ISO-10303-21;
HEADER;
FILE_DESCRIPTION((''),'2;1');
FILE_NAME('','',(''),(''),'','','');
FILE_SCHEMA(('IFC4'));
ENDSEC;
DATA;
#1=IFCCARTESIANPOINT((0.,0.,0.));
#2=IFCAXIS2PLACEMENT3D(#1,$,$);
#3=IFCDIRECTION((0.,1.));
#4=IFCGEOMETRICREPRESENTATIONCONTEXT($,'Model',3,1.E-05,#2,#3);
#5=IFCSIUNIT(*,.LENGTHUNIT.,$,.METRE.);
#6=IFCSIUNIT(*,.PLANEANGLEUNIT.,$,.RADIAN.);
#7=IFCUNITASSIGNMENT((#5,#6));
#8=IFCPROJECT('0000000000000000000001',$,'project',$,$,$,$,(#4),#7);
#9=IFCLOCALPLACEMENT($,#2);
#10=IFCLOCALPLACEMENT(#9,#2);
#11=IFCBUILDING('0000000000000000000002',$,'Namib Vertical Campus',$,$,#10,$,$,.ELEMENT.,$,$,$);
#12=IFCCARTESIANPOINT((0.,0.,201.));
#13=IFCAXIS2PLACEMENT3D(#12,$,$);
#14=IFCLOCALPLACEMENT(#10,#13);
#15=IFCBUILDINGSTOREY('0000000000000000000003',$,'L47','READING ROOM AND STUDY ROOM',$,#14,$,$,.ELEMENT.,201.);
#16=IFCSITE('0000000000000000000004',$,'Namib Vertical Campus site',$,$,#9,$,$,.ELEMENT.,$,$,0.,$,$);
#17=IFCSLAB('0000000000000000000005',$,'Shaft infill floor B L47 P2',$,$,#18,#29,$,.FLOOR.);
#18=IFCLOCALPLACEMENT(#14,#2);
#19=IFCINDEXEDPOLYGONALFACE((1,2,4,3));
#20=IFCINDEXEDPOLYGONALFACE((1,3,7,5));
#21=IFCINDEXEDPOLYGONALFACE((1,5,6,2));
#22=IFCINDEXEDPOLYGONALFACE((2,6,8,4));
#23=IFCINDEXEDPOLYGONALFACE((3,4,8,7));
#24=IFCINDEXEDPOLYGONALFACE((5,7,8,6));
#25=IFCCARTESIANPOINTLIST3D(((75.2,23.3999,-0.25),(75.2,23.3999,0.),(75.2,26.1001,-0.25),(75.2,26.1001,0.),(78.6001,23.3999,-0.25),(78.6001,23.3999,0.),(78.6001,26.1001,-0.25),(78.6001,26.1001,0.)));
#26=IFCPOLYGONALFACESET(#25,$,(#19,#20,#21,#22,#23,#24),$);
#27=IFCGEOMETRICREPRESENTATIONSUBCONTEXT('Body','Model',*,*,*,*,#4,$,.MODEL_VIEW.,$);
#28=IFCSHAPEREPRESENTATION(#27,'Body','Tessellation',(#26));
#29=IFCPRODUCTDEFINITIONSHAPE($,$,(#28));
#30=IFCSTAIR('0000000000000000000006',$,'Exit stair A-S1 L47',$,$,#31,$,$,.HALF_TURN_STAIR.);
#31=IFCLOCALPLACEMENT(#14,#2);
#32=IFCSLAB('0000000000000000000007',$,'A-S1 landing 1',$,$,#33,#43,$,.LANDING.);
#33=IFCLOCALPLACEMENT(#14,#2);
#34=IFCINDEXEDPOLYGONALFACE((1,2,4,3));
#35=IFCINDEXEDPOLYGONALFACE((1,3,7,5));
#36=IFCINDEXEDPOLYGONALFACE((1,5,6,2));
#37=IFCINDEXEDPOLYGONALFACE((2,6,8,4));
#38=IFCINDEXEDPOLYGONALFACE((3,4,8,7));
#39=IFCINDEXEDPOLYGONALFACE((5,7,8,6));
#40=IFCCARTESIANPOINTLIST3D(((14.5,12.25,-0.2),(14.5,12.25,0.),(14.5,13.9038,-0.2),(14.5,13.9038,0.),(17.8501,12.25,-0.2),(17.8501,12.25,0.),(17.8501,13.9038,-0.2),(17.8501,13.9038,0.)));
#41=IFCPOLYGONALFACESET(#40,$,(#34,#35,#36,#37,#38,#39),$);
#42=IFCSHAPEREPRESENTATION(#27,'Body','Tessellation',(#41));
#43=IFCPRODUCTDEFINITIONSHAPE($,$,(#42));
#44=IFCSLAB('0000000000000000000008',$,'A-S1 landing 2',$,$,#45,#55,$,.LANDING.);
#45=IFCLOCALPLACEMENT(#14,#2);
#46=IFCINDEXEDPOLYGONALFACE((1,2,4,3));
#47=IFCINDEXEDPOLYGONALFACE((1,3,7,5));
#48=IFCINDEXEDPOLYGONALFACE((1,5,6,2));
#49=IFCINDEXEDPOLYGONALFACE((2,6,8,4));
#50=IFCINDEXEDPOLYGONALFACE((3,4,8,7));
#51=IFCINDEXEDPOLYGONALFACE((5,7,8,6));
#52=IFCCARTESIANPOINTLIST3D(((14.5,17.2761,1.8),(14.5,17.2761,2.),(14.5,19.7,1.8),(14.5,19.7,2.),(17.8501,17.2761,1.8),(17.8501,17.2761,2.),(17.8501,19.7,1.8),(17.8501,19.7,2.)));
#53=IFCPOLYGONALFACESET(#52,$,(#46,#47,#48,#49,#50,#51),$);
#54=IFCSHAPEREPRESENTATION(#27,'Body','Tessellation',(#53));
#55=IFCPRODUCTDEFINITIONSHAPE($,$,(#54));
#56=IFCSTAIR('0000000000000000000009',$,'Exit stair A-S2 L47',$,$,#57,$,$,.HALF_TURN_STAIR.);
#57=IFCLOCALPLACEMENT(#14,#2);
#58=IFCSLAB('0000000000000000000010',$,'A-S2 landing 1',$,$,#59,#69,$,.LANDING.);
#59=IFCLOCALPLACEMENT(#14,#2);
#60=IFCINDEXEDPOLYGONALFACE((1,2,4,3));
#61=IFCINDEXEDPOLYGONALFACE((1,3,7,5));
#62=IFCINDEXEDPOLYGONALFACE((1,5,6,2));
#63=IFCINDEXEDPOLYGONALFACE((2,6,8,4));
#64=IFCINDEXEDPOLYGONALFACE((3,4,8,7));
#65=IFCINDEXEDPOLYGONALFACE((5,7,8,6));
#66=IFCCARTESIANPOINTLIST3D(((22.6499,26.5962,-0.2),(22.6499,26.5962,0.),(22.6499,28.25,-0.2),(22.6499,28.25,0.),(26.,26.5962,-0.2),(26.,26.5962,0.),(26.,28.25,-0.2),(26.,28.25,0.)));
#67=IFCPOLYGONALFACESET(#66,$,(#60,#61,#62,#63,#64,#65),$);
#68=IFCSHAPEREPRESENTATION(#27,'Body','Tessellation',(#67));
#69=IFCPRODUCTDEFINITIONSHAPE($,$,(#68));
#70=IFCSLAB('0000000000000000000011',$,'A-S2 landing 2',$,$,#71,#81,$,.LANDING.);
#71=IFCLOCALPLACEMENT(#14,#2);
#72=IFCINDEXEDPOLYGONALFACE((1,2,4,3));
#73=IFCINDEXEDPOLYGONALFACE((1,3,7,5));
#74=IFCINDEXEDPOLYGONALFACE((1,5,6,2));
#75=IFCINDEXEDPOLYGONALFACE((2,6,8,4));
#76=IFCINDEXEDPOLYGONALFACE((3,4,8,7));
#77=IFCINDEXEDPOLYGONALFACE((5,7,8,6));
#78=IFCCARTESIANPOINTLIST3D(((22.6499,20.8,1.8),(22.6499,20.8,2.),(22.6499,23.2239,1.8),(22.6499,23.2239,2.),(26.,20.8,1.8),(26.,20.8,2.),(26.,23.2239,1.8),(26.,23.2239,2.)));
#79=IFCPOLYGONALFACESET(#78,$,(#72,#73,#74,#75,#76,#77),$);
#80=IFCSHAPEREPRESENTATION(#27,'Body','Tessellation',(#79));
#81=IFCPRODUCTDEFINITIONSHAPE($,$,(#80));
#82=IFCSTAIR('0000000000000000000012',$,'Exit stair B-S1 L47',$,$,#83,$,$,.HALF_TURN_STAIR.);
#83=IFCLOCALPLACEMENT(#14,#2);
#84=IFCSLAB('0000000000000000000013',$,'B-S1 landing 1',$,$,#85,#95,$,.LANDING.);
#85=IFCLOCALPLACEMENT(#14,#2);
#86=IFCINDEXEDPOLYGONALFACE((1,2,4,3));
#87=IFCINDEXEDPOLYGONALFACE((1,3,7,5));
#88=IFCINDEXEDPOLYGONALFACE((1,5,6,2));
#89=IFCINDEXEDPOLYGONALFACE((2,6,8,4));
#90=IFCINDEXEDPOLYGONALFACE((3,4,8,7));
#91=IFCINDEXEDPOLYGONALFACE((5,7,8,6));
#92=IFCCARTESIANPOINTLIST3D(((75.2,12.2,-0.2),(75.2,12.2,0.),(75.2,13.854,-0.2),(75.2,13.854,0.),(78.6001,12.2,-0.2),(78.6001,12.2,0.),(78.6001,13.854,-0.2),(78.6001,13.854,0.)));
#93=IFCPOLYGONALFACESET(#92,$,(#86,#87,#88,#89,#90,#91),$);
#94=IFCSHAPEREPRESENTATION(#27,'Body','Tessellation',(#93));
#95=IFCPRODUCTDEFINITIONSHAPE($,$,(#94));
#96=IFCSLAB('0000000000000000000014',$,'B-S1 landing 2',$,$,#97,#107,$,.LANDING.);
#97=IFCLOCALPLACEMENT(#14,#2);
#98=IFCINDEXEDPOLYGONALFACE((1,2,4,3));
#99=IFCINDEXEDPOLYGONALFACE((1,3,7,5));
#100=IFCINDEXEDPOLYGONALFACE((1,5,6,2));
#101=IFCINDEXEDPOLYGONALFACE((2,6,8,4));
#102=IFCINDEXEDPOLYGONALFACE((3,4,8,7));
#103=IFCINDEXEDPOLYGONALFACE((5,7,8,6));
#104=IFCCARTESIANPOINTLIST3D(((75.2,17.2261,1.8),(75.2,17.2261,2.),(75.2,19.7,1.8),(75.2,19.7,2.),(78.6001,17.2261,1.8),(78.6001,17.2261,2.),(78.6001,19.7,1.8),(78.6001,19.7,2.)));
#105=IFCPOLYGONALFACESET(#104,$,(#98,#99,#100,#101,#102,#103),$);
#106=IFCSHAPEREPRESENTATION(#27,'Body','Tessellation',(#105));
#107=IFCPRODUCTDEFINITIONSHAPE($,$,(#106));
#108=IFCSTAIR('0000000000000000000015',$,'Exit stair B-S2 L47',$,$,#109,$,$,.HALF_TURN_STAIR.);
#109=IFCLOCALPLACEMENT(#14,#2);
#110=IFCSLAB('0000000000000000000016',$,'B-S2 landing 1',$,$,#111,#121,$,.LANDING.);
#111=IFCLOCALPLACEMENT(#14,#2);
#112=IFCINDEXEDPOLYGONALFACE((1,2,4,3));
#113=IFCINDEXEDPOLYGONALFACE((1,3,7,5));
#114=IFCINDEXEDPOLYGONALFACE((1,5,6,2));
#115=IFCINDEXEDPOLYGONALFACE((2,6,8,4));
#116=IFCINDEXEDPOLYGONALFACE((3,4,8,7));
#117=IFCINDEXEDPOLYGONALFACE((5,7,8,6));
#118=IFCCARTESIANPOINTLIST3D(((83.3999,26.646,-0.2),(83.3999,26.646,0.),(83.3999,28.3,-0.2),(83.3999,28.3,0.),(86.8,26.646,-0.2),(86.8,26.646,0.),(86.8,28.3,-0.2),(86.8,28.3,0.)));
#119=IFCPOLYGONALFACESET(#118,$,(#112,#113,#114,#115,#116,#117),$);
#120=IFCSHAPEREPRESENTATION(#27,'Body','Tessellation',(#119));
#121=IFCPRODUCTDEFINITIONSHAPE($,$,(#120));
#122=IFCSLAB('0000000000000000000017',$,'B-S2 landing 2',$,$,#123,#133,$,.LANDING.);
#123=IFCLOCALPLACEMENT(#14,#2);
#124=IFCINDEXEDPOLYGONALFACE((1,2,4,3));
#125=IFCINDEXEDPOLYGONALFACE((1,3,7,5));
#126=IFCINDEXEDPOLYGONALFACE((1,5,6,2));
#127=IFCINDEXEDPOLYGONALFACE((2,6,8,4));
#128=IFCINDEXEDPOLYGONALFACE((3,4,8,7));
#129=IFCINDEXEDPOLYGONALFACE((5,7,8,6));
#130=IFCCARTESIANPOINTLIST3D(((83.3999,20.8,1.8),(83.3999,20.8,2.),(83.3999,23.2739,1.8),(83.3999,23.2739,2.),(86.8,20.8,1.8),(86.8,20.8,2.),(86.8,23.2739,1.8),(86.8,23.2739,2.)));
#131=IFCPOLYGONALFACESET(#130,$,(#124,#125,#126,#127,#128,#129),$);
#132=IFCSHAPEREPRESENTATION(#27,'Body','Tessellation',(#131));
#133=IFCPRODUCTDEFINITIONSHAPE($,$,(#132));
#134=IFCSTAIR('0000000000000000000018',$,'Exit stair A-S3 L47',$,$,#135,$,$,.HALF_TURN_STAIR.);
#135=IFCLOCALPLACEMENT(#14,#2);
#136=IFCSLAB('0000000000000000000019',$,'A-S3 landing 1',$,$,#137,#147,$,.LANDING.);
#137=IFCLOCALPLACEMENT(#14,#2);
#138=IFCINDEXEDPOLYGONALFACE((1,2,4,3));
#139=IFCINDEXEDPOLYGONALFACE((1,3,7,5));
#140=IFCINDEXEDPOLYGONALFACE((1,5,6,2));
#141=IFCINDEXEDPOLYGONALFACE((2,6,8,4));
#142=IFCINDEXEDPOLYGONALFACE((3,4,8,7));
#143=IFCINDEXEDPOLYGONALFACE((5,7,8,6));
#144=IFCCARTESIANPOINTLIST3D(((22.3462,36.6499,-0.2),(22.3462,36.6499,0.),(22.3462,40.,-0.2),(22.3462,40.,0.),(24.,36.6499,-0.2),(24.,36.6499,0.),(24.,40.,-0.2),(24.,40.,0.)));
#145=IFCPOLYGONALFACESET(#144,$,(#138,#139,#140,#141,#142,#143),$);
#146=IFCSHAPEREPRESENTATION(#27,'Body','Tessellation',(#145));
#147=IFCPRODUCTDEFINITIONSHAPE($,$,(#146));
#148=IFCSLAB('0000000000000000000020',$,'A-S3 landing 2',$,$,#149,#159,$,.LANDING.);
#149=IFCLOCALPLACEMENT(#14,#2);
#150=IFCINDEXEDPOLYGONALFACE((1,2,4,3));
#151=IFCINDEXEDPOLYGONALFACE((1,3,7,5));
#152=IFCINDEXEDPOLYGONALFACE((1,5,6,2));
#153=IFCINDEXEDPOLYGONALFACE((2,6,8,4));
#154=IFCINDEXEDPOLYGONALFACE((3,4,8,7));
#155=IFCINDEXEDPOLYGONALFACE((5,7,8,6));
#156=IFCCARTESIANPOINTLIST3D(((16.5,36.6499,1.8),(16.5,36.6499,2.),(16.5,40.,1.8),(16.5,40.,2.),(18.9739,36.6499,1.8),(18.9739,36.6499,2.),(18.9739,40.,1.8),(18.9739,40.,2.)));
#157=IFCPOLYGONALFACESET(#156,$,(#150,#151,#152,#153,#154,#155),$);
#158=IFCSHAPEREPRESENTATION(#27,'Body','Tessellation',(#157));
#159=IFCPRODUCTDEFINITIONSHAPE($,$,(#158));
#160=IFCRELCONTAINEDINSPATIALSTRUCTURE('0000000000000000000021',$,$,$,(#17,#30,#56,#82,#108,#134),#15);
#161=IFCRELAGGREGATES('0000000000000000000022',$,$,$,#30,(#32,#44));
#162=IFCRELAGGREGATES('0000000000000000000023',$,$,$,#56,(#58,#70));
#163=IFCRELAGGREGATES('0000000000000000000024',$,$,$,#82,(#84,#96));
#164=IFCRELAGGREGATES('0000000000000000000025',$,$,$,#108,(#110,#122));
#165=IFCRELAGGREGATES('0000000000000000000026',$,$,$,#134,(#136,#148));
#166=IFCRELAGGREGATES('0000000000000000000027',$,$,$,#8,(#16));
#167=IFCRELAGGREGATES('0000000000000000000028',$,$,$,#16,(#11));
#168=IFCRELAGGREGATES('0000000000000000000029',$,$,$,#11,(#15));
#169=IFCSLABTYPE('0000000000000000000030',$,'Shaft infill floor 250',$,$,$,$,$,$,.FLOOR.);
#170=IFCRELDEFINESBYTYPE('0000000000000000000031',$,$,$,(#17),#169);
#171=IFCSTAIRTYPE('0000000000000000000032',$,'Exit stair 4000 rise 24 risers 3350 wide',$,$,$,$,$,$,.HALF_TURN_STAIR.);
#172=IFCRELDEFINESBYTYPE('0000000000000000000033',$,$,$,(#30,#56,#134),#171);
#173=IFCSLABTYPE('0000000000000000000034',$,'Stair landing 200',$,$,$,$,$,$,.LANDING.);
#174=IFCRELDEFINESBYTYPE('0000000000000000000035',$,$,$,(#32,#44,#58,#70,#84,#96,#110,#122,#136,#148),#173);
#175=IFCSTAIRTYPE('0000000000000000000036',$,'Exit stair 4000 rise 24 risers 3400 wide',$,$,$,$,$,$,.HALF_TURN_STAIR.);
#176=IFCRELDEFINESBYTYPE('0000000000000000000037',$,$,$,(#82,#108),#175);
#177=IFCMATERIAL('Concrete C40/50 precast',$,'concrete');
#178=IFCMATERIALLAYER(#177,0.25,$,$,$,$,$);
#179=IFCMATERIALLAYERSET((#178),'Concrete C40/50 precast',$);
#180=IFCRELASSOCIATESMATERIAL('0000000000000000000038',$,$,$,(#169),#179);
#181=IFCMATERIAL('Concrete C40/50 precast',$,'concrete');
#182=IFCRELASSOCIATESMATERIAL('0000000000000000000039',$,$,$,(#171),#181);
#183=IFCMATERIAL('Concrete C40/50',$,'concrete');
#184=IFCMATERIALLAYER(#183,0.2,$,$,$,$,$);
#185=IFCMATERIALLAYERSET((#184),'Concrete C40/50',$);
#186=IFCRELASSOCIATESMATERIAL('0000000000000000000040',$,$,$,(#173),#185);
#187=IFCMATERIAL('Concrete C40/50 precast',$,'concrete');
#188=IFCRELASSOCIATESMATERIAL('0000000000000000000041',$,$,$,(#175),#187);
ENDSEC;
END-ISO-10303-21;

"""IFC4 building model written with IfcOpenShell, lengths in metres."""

from ifc_helpers import new_model, si_unit, direction, frame, origin, place, context, subcontext, project, spatial, polyline, outline, extrude, material, layer, layer_set, type_object, element, aggregate, save


model = new_model("IFC4")

# Units and contexts
model_context = context("Model", 3, precision=1e-05, world=origin(), true_north=direction((0.0, 1.0)))
body_context = subcontext(model_context, "Body", "Model", "MODEL_VIEW")
ifc_project = project(units=[si_unit("LENGTHUNIT", "METRE"), si_unit("PLANEANGLEUNIT", "RADIAN")], contexts=[model_context])

# Site, building, storey
site_placement = place(None, origin())
site = spatial("IfcSite", under=ifc_project, at=site_placement, Name="Namib Vertical Campus site", CompositionType="ELEMENT", RefElevation=0.0)
building_placement = place(site_placement, origin())
building = spatial("IfcBuilding", under=site, at=building_placement, Name="Namib Vertical Campus", CompositionType="ELEMENT")
storey_placement = place(building_placement, frame((0.0, 0.0, 201.0)))
storey = spatial("IfcBuildingStorey", under=building, at=storey_placement, Name="L47", Description="READING ROOM AND STUDY ROOM", CompositionType="ELEMENT", Elevation=201.0)

# Slab
ifc_material_1 = material(Name="Concrete C40/50 precast", Category="concrete")
ifc_layer_1 = layer(ifc_material_1, 0.25)
ifc_layer_set_1 = layer_set([ifc_layer_1], Name="Concrete C40/50 precast")
slab_type_1 = type_object("IfcSlabType", Name="Shaft infill floor 250", PredefinedType="FLOOR", material=ifc_layer_set_1)
slab_1_placement = place(storey_placement, frame((0.0, 0.0, -0.25)))
element("IfcSlab", 1, at=slab_1_placement, inside=storey, type_object=slab_type_1, Name="Shaft infill floor B L47 P2", PredefinedType="FLOOR", context=body_context, shape_type="SweptSolid", body=[
    extrude(outline(polyline([(75.2, 23.3999), (78.6001, 23.3999), (78.6001, 26.1001), (75.2, 26.1001), (75.2, 23.3999)])), origin(), (0.0, 0.0, 1.0), 0.25),
])

# Stairs, slabs
ifc_material_2 = material(Name="Concrete C40/50 precast", Category="concrete")
stair_type_1 = type_object("IfcStairType", Name="Exit stair 4000 rise 24 risers 3350 wide", PredefinedType="HALF_TURN_STAIR", material=ifc_material_2)
stair_1_placement = place(storey_placement, origin())
stair_1 = element("IfcStair", 2, at=stair_1_placement, inside=storey, type_object=stair_type_1, Name="Exit stair A-S1 L47", PredefinedType="HALF_TURN_STAIR")
ifc_material_3 = material(Name="Concrete C40/50", Category="concrete")
ifc_layer_2 = layer(ifc_material_3, 0.2)
ifc_layer_set_2 = layer_set([ifc_layer_2], Name="Concrete C40/50")
slab_type_2 = type_object("IfcSlabType", Name="Stair landing 200", PredefinedType="LANDING", material=ifc_layer_set_2)
slab_2_placement = place(storey_placement, frame((0.0, 0.0, -0.2)))
slab_2 = element("IfcSlab", 3, at=slab_2_placement, type_object=slab_type_2, Name="A-S1 landing 1", PredefinedType="LANDING", context=body_context, shape_type="SweptSolid", body=[
    extrude(outline(polyline([(14.5, 12.25), (17.8501, 12.25), (17.8501, 13.9038), (14.5, 13.9038), (14.5, 12.25)])), origin(), (0.0, 0.0, 1.0), 0.2),
])
slab_3_placement = place(storey_placement, frame((0.0, 0.0, 1.8)))
slab_3 = element("IfcSlab", 4, at=slab_3_placement, type_object=slab_type_2, Name="A-S1 landing 2", PredefinedType="LANDING", context=body_context, shape_type="SweptSolid", body=[
    extrude(outline(polyline([(14.5, 17.2761), (17.8501, 17.2761), (17.8501, 19.7), (14.5, 19.7), (14.5, 17.2761)])), origin(), (0.0, 0.0, 1.0), 0.2),
])
aggregate(stair_1, [slab_2, slab_3])
stair_2_placement = place(storey_placement, origin())
stair_2 = element("IfcStair", 5, at=stair_2_placement, inside=storey, type_object=stair_type_1, Name="Exit stair A-S2 L47", PredefinedType="HALF_TURN_STAIR")
slab_4_placement = place(storey_placement, frame((0.0, 0.0, -0.2)))
slab_4 = element("IfcSlab", 6, at=slab_4_placement, type_object=slab_type_2, Name="A-S2 landing 1", PredefinedType="LANDING", context=body_context, shape_type="SweptSolid", body=[
    extrude(outline(polyline([(22.6499, 26.5962), (26.0, 26.5962), (26.0, 28.25), (22.6499, 28.25), (22.6499, 26.5962)])), origin(), (0.0, 0.0, 1.0), 0.2),
])
slab_5_placement = place(storey_placement, frame((0.0, 0.0, 1.8)))
slab_5 = element("IfcSlab", 7, at=slab_5_placement, type_object=slab_type_2, Name="A-S2 landing 2", PredefinedType="LANDING", context=body_context, shape_type="SweptSolid", body=[
    extrude(outline(polyline([(22.6499, 20.8), (26.0, 20.8), (26.0, 23.2239), (22.6499, 23.2239), (22.6499, 20.8)])), origin(), (0.0, 0.0, 1.0), 0.2),
])
aggregate(stair_2, [slab_4, slab_5])
ifc_material_4 = material(Name="Concrete C40/50 precast", Category="concrete")
stair_type_2 = type_object("IfcStairType", Name="Exit stair 4000 rise 24 risers 3400 wide", PredefinedType="HALF_TURN_STAIR", material=ifc_material_4)
stair_3_placement = place(storey_placement, origin())
stair_3 = element("IfcStair", 8, at=stair_3_placement, inside=storey, type_object=stair_type_2, Name="Exit stair B-S1 L47", PredefinedType="HALF_TURN_STAIR")
slab_6_placement = place(storey_placement, frame((0.0, 0.0, -0.2)))
slab_6 = element("IfcSlab", 9, at=slab_6_placement, type_object=slab_type_2, Name="B-S1 landing 1", PredefinedType="LANDING", context=body_context, shape_type="SweptSolid", body=[
    extrude(outline(polyline([(75.2, 12.2), (78.6001, 12.2), (78.6001, 13.854), (75.2, 13.854), (75.2, 12.2)])), origin(), (0.0, 0.0, 1.0), 0.2),
])
slab_7_placement = place(storey_placement, frame((0.0, 0.0, 1.8)))
slab_7 = element("IfcSlab", 10, at=slab_7_placement, type_object=slab_type_2, Name="B-S1 landing 2", PredefinedType="LANDING", context=body_context, shape_type="SweptSolid", body=[
    extrude(outline(polyline([(75.2, 17.2261), (78.6001, 17.2261), (78.6001, 19.7), (75.2, 19.7), (75.2, 17.2261)])), origin(), (0.0, 0.0, 1.0), 0.2),
])
aggregate(stair_3, [slab_6, slab_7])
stair_4_placement = place(storey_placement, origin())
stair_4 = element("IfcStair", 11, at=stair_4_placement, inside=storey, type_object=stair_type_2, Name="Exit stair B-S2 L47", PredefinedType="HALF_TURN_STAIR")
slab_8_placement = place(storey_placement, frame((0.0, 0.0, -0.2)))
slab_8 = element("IfcSlab", 12, at=slab_8_placement, type_object=slab_type_2, Name="B-S2 landing 1", PredefinedType="LANDING", context=body_context, shape_type="SweptSolid", body=[
    extrude(outline(polyline([(83.3999, 26.646), (86.8, 26.646), (86.8, 28.3), (83.3999, 28.3), (83.3999, 26.646)])), origin(), (0.0, 0.0, 1.0), 0.2),
])
slab_9_placement = place(storey_placement, frame((0.0, 0.0, 1.8)))
slab_9 = element("IfcSlab", 13, at=slab_9_placement, type_object=slab_type_2, Name="B-S2 landing 2", PredefinedType="LANDING", context=body_context, shape_type="SweptSolid", body=[
    extrude(outline(polyline([(83.3999, 20.8), (86.8, 20.8), (86.8, 23.2739), (83.3999, 23.2739), (83.3999, 20.8)])), origin(), (0.0, 0.0, 1.0), 0.2),
])
aggregate(stair_4, [slab_8, slab_9])
stair_5_placement = place(storey_placement, origin())
stair_5 = element("IfcStair", 14, at=stair_5_placement, inside=storey, type_object=stair_type_1, Name="Exit stair A-S3 L47", PredefinedType="HALF_TURN_STAIR")
slab_10_placement = place(storey_placement, frame((0.0, 0.0, -0.2)))
slab_10 = element("IfcSlab", 15, at=slab_10_placement, type_object=slab_type_2, Name="A-S3 landing 1", PredefinedType="LANDING", context=body_context, shape_type="SweptSolid", body=[
    extrude(outline(polyline([(22.3462, 36.6499), (22.3462, 40.0), (24.0, 40.0), (24.0, 36.6499), (22.3462, 36.6499)])), origin(), (0.0, 0.0, 1.0), 0.2),
])
slab_11_placement = place(storey_placement, frame((0.0, 0.0, 1.8)))
slab_11 = element("IfcSlab", 16, at=slab_11_placement, type_object=slab_type_2, Name="A-S3 landing 2", PredefinedType="LANDING", context=body_context, shape_type="SweptSolid", body=[
    extrude(outline(polyline([(16.5, 36.6499), (16.5, 40.0), (18.9739, 40.0), (18.9739, 36.6499), (16.5, 36.6499)])), origin(), (0.0, 0.0, 1.0), 0.2),
])
aggregate(stair_5, [slab_10, slab_11])

save(model, "model.ifc")
